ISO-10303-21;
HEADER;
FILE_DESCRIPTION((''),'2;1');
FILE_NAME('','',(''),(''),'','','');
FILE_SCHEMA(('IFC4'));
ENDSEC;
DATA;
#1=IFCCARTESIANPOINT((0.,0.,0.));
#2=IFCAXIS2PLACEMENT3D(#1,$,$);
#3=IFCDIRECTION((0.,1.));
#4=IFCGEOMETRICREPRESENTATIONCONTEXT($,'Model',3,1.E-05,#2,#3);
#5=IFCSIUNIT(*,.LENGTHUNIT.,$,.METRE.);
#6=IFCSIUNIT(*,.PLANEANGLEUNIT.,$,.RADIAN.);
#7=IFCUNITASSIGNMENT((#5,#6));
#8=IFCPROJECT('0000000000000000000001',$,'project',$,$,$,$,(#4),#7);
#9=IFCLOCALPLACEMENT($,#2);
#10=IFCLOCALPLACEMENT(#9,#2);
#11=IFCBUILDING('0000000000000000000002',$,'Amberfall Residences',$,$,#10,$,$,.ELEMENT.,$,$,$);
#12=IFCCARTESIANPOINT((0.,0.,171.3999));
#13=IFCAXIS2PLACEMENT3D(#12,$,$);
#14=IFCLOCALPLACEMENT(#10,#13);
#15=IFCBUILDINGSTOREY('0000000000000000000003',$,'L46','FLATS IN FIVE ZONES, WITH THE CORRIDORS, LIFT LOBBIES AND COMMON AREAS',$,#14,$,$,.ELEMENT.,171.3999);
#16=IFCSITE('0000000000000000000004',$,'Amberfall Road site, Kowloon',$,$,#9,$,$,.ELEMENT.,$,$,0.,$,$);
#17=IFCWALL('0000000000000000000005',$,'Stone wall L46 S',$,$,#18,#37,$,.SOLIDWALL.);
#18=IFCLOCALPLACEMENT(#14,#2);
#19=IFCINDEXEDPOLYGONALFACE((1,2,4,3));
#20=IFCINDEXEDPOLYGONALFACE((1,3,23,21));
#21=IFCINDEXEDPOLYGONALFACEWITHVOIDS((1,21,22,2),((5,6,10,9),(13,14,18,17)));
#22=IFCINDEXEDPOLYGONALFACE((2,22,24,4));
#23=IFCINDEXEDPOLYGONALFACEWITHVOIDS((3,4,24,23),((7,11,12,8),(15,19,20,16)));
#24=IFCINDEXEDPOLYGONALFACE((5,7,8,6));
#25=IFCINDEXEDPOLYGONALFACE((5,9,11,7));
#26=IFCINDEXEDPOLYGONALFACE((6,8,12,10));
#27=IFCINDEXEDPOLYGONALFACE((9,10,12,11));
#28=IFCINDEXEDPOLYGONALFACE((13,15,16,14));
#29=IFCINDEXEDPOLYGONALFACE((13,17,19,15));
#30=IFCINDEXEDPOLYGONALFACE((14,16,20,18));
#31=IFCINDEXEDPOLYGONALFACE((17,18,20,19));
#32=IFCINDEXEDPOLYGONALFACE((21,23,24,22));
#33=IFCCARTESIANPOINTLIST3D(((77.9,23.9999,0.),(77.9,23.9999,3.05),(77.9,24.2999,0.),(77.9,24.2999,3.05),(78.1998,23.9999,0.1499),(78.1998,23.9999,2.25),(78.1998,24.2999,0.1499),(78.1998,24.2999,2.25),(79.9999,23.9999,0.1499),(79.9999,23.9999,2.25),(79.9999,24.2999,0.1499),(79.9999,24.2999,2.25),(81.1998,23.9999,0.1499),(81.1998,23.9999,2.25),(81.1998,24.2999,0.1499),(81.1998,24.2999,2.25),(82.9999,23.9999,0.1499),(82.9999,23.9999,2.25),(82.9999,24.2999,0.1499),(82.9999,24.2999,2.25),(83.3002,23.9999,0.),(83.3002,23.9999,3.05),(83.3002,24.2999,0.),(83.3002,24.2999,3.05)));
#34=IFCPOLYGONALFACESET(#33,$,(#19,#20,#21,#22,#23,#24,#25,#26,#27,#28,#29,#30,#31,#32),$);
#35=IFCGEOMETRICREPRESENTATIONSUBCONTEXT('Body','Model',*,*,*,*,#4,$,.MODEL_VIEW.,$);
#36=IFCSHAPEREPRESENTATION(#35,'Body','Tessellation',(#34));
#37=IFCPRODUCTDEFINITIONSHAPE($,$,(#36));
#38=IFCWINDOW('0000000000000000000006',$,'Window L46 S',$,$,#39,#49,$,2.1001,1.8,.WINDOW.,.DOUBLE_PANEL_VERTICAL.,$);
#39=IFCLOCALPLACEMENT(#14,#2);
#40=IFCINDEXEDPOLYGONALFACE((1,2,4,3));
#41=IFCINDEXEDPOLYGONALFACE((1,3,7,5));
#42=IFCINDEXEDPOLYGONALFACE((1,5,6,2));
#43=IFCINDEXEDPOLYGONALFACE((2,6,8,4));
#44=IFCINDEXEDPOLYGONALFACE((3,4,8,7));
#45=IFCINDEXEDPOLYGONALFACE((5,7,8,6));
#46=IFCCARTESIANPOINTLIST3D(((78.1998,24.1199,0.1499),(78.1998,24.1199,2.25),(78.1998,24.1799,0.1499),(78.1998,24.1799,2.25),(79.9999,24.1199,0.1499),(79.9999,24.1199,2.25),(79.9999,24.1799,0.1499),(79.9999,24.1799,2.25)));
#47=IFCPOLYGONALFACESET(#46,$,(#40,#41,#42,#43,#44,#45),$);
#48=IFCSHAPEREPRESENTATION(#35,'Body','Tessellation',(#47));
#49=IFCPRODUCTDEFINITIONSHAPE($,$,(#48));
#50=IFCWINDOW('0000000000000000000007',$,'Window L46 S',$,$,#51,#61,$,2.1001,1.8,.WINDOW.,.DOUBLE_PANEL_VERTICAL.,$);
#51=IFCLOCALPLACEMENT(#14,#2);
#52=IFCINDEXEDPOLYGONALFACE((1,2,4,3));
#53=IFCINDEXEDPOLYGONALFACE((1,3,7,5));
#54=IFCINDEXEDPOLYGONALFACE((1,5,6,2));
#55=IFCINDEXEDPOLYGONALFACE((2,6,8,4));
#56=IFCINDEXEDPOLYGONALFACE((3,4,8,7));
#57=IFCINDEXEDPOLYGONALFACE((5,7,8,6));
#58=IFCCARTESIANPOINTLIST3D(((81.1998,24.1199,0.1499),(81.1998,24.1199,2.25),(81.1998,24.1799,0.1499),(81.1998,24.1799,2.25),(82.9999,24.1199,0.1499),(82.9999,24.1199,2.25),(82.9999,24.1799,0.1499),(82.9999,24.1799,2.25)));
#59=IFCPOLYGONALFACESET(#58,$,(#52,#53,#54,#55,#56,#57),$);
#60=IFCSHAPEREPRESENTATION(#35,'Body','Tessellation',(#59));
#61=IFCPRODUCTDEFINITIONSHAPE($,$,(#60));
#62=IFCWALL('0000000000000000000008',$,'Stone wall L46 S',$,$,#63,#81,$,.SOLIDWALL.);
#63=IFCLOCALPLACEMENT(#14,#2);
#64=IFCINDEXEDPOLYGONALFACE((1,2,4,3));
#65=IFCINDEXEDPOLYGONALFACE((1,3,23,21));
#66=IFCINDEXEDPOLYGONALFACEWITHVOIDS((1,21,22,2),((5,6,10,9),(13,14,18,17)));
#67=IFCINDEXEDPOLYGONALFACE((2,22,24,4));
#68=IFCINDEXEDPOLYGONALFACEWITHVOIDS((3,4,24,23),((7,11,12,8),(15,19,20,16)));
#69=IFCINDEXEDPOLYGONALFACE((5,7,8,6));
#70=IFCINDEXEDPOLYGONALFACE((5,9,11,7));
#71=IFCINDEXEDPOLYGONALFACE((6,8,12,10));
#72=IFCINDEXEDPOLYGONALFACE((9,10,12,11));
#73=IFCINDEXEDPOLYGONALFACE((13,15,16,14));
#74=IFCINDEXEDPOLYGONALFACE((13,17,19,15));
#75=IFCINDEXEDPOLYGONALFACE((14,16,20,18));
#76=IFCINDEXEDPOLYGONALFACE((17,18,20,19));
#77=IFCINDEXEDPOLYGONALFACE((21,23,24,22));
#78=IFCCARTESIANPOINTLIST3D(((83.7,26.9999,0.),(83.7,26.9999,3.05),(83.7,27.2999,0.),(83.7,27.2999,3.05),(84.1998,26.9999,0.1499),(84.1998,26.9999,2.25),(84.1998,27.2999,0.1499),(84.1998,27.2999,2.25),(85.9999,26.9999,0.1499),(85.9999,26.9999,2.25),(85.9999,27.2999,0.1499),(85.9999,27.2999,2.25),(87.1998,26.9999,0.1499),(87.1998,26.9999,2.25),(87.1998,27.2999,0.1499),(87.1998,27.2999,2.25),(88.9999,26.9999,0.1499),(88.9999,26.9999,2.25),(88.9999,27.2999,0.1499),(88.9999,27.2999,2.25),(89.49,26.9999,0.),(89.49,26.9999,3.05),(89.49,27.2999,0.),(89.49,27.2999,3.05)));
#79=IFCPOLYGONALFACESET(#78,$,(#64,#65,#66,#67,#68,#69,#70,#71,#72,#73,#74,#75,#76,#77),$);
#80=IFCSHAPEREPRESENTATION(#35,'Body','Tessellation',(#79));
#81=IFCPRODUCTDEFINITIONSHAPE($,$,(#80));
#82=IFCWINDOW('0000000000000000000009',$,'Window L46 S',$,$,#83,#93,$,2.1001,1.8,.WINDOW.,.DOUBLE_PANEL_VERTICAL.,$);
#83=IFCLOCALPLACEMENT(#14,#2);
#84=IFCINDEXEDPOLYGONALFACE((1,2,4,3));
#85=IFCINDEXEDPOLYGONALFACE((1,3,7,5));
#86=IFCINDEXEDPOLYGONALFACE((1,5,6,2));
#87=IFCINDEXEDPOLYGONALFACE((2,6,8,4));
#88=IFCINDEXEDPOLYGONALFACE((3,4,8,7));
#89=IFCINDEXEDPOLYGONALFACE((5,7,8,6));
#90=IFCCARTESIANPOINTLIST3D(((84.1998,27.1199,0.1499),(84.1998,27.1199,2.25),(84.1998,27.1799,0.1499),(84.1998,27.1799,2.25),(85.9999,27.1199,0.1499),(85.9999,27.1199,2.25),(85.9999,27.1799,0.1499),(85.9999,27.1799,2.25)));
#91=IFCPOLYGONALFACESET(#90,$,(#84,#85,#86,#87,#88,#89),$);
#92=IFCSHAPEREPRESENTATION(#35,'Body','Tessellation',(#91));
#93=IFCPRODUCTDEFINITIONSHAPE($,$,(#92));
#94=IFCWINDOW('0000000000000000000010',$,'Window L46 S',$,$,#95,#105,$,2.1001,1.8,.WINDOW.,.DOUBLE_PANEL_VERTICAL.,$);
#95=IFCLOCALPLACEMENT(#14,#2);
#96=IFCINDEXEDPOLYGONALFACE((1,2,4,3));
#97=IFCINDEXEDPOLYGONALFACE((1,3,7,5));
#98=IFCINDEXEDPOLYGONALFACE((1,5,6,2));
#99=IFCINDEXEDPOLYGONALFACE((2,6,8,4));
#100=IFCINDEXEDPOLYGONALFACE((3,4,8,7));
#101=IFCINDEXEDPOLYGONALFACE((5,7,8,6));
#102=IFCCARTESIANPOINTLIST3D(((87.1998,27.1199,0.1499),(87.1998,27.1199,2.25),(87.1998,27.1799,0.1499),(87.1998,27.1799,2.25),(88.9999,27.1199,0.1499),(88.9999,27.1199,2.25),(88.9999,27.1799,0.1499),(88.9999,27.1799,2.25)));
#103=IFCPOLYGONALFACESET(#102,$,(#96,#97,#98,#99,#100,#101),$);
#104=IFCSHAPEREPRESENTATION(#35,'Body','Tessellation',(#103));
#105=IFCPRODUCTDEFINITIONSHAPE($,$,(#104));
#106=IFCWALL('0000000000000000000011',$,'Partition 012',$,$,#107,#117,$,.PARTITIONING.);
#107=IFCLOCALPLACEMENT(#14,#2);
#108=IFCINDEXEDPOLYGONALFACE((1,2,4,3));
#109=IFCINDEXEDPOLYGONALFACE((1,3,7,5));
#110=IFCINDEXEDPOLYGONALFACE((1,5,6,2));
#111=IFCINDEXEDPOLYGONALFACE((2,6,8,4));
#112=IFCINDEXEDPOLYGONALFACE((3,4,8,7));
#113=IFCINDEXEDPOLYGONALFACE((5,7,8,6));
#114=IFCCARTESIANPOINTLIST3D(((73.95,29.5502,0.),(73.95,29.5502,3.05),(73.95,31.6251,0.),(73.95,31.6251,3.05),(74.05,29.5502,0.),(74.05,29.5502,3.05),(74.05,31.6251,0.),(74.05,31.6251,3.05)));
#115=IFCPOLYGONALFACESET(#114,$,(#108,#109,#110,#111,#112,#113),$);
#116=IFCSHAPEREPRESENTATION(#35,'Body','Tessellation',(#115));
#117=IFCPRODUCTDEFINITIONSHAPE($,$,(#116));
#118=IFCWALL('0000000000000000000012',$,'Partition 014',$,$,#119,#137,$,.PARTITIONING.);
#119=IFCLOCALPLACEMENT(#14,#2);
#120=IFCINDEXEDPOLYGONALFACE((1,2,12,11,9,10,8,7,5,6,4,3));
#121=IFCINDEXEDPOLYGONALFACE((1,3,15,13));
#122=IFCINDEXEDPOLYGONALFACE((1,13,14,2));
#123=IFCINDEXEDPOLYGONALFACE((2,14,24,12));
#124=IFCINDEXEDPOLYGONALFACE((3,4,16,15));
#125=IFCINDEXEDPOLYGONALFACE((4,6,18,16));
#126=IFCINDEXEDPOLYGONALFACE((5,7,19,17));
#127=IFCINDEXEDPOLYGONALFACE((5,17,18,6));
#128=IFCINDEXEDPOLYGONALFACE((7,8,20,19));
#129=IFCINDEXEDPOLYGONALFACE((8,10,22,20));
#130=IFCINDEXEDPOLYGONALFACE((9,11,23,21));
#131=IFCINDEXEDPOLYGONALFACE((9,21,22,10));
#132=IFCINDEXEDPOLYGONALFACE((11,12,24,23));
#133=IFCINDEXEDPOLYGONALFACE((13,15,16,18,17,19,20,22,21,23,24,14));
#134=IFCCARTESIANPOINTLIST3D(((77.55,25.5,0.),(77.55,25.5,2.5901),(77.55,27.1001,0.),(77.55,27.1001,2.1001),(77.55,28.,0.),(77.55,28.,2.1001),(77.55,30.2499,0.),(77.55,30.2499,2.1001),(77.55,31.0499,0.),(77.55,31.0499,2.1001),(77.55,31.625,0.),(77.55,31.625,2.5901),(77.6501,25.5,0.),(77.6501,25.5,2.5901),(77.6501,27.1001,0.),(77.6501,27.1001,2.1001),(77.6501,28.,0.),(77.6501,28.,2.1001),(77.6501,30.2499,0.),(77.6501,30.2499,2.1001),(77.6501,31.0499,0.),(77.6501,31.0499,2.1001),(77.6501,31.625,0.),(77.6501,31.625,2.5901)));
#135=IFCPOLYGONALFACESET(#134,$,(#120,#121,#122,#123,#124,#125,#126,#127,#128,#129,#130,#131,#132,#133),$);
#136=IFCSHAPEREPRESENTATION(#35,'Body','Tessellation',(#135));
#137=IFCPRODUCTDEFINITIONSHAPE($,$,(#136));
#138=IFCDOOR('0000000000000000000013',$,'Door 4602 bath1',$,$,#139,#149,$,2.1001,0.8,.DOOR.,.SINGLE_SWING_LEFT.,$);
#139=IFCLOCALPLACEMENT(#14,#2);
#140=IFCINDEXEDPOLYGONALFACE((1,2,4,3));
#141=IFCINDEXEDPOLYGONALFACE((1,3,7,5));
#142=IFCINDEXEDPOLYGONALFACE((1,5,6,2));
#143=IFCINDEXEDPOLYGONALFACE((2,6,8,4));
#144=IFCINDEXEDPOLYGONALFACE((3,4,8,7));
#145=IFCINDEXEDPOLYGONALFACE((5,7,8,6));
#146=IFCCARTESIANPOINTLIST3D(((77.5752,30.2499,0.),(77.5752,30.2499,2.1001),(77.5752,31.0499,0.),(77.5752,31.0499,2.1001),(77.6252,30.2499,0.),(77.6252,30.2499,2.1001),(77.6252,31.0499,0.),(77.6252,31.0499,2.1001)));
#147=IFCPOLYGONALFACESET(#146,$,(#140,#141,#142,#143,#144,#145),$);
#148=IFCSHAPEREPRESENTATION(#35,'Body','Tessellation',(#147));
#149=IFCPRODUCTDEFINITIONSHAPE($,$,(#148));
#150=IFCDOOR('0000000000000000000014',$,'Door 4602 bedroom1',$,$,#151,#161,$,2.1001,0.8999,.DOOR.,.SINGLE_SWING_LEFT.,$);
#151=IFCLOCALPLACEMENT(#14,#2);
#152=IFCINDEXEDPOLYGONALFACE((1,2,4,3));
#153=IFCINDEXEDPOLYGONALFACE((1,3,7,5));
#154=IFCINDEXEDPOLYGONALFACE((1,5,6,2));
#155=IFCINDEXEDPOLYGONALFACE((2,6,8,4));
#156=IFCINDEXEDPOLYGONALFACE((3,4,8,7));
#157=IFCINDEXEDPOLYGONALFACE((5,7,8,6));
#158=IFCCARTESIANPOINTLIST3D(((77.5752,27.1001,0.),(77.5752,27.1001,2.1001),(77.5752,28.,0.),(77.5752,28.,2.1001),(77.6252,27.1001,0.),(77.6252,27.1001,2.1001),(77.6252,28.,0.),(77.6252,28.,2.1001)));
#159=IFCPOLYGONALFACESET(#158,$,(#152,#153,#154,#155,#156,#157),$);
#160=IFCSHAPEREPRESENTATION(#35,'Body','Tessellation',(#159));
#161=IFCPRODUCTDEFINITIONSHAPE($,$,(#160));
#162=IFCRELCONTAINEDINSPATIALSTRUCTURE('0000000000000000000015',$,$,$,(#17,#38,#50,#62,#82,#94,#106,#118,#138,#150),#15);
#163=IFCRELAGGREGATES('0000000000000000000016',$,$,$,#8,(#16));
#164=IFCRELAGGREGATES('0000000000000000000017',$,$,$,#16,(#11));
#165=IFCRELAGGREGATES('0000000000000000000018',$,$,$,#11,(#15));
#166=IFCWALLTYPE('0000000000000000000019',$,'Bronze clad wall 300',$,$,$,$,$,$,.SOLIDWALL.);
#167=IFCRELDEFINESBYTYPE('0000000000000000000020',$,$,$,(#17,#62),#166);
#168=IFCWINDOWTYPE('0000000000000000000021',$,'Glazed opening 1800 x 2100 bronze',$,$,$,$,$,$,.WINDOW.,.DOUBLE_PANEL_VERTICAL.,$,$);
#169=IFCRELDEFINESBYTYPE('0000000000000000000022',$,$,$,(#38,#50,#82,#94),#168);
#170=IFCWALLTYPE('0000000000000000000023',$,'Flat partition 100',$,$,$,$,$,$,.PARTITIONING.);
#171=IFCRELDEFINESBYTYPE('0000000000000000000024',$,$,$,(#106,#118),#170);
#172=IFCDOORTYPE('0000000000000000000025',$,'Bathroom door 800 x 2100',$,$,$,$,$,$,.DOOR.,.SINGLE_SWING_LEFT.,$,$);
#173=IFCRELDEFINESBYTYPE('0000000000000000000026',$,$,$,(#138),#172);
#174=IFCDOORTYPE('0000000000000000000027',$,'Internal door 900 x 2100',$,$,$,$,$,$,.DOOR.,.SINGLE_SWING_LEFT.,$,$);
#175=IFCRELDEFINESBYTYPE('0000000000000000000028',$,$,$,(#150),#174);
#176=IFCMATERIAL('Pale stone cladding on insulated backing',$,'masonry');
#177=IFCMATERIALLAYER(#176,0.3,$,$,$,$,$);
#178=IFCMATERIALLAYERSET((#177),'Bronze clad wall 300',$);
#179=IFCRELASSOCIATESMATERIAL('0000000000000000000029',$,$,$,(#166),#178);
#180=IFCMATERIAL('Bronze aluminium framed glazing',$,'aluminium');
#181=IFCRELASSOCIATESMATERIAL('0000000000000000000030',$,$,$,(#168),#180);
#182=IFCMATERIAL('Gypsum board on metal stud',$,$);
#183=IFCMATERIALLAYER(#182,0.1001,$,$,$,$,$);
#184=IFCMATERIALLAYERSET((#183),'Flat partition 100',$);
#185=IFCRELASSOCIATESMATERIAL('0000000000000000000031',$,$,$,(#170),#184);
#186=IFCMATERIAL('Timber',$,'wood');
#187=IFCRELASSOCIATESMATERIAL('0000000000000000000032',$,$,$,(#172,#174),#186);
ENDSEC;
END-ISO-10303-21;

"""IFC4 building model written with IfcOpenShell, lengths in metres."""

from ifc_helpers import new_model, si_unit, direction, frame, frame_2d, origin, place, context, subcontext, project, spatial, rectangle, extrude, material, layer, layer_set, type_object, element, fill, save


model = new_model("IFC4")

# Units and contexts
model_context = context("Model", 3, precision=1e-05, world=origin(), true_north=direction((0.0, 1.0)))
body_context = subcontext(model_context, "Body", "Model", "MODEL_VIEW")
ifc_project = project(units=[si_unit("LENGTHUNIT", "METRE"), si_unit("PLANEANGLEUNIT", "RADIAN")], contexts=[model_context])

# Site, building, storey
site_placement = place(None, origin())
site = spatial("IfcSite", under=ifc_project, at=site_placement, Name="Amberfall Road site, Kowloon", CompositionType="ELEMENT", RefElevation=0.0)
building_placement = place(site_placement, origin())
building = spatial("IfcBuilding", under=site, at=building_placement, Name="Amberfall Residences", CompositionType="ELEMENT")
storey_placement = place(building_placement, frame((0.0, 0.0, 171.3999)))
storey = spatial("IfcBuildingStorey", under=building, at=storey_placement, Name="L46", Description="FLATS IN FIVE ZONES, WITH THE CORRIDORS, LIFT LOBBIES AND COMMON AREAS", CompositionType="ELEMENT", Elevation=171.3999)

# Shared definitions
ifc_material_1 = material(Name="Pale stone cladding on insulated backing", Category="masonry")
ifc_layer_1 = layer(ifc_material_1, 0.3)
ifc_layer_set_1 = layer_set([ifc_layer_1], Name="Bronze clad wall 300")
wall_type_1 = type_object("IfcWallType", Name="Bronze clad wall 300", PredefinedType="SOLIDWALL", material=ifc_layer_set_1)

# Walls, openings, windows
wall_1_placement = place(storey_placement, frame((77.8999, 24.1499, 0.0), z_axis=(0.0, 0.0, 1.0), x_axis=(1.0, 0.0, 0.0)))
wall_1 = element("IfcWall", 1, at=wall_1_placement, inside=storey, type_object=wall_type_1, Name="Stone wall L46 S", PredefinedType="SOLIDWALL", context=body_context, shape_type="SweptSolid", body=[
    extrude(rectangle(XDim=5.4001, YDim=0.3, at=frame_2d((2.7002, 0.0))), origin(), (0.0, 0.0, 1.0), 3.05),
])
opening_1_placement = place(wall_1_placement, frame((0.3, 0.0, 0.1499)))
opening_1 = element("IfcOpeningElement", 2, at=opening_1_placement, cuts=wall_1, PredefinedType="OPENING", context=body_context, shape_type="SweptSolid", body=[
    extrude(rectangle(XDim=1.8, YDim=2.1001, at=frame_2d((0.8999, 1.05))), frame((0.0, 0.1599, 0.0), z_axis=(0.0, -1.0, 0.0), x_axis=(1.0, 0.0, 0.0)), (0.0, 0.0, 1.0), 0.3201),
])
opening_2_placement = place(wall_1_placement, frame((3.3, 0.0, 0.1499)))
opening_2 = element("IfcOpeningElement", 3, at=opening_2_placement, cuts=wall_1, PredefinedType="OPENING", context=body_context, shape_type="SweptSolid", body=[
    extrude(rectangle(XDim=1.8, YDim=2.1001, at=frame_2d((0.8999, 1.05))), frame((0.0, 0.1599, 0.0), z_axis=(0.0, -1.0, 0.0), x_axis=(1.0, 0.0, 0.0)), (0.0, 0.0, 1.0), 0.3201),
])
ifc_material_2 = material(Name="Bronze aluminium framed glazing", Category="aluminium")
window_type = type_object("IfcWindowType", Name="Glazed opening 1800 x 2100 bronze", PartitioningType="DOUBLE_PANEL_VERTICAL", PredefinedType="WINDOW", material=ifc_material_2)
window_1_placement = place(opening_1_placement, origin())
window_1 = element("IfcWindow", 4, at=window_1_placement, inside=storey, type_object=window_type, Name="Window L46 S", OverallHeight=2.1001, OverallWidth=1.8, PartitioningType="DOUBLE_PANEL_VERTICAL", PredefinedType="WINDOW", context=body_context, shape_type="SweptSolid", body=[
    extrude(rectangle(XDim=1.8, YDim=2.1001, at=frame_2d((0.8999, 1.05))), frame((0.0, 0.03, 0.0), z_axis=(0.0, -1.0, 0.0), x_axis=(1.0, 0.0, 0.0)), (0.0, 0.0, 1.0), 0.0601),
])
fill(opening_1, window_1)
window_2_placement = place(opening_2_placement, origin())
window_2 = element("IfcWindow", 5, at=window_2_placement, inside=storey, type_object=window_type, Name="Window L46 S", OverallHeight=2.1001, OverallWidth=1.8, PartitioningType="DOUBLE_PANEL_VERTICAL", PredefinedType="WINDOW", context=body_context, shape_type="SweptSolid", body=[
    extrude(rectangle(XDim=1.8, YDim=2.1001, at=frame_2d((0.8999, 1.05))), frame((0.0, 0.03, 0.0), z_axis=(0.0, -1.0, 0.0), x_axis=(1.0, 0.0, 0.0)), (0.0, 0.0, 1.0), 0.0601),
])
fill(opening_2, window_2)
wall_2_placement = place(storey_placement, frame((83.7, 27.1499, 0.0), z_axis=(0.0, 0.0, 1.0), x_axis=(1.0, 0.0, 0.0)))
wall_2 = element("IfcWall", 6, at=wall_2_placement, inside=storey, type_object=wall_type_1, Name="Stone wall L46 S", PredefinedType="SOLIDWALL", context=body_context, shape_type="SweptSolid", body=[
    extrude(rectangle(XDim=5.79, YDim=0.3, at=frame_2d((2.895, 0.0))), origin(), (0.0, 0.0, 1.0), 3.05),
])
opening_3_placement = place(wall_2_placement, frame((0.5, 0.0, 0.1499)))
opening_3 = element("IfcOpeningElement", 7, at=opening_3_placement, cuts=wall_2, PredefinedType="OPENING", context=body_context, shape_type="SweptSolid", body=[
    extrude(rectangle(XDim=1.8, YDim=2.1001, at=frame_2d((0.8999, 1.05))), frame((0.0, 0.1599, 0.0), z_axis=(0.0, -1.0, 0.0), x_axis=(1.0, 0.0, 0.0)), (0.0, 0.0, 1.0), 0.3201),
])
opening_4_placement = place(wall_2_placement, frame((3.5, 0.0, 0.1499)))
opening_4 = element("IfcOpeningElement", 8, at=opening_4_placement, cuts=wall_2, PredefinedType="OPENING", context=body_context, shape_type="SweptSolid", body=[
    extrude(rectangle(XDim=1.8, YDim=2.1001, at=frame_2d((0.8999, 1.05))), frame((0.0, 0.1599, 0.0), z_axis=(0.0, -1.0, 0.0), x_axis=(1.0, 0.0, 0.0)), (0.0, 0.0, 1.0), 0.3201),
])
window_3_placement = place(opening_3_placement, origin())
window_3 = element("IfcWindow", 9, at=window_3_placement, inside=storey, type_object=window_type, Name="Window L46 S", OverallHeight=2.1001, OverallWidth=1.8, PartitioningType="DOUBLE_PANEL_VERTICAL", PredefinedType="WINDOW", context=body_context, shape_type="SweptSolid", body=[
    extrude(rectangle(XDim=1.8, YDim=2.1001, at=frame_2d((0.8999, 1.05))), frame((0.0, 0.03, 0.0), z_axis=(0.0, -1.0, 0.0), x_axis=(1.0, 0.0, 0.0)), (0.0, 0.0, 1.0), 0.0601),
])
fill(opening_3, window_3)
window_4_placement = place(opening_4_placement, origin())
window_4 = element("IfcWindow", 10, at=window_4_placement, inside=storey, type_object=window_type, Name="Window L46 S", OverallHeight=2.1001, OverallWidth=1.8, PartitioningType="DOUBLE_PANEL_VERTICAL", PredefinedType="WINDOW", context=body_context, shape_type="SweptSolid", body=[
    extrude(rectangle(XDim=1.8, YDim=2.1001, at=frame_2d((0.8999, 1.05))), frame((0.0, 0.03, 0.0), z_axis=(0.0, -1.0, 0.0), x_axis=(1.0, 0.0, 0.0)), (0.0, 0.0, 1.0), 0.0601),
])
fill(opening_4, window_4)

# Wall
ifc_material_3 = material(Name="Gypsum board on metal stud")
ifc_layer_2 = layer(ifc_material_3, 0.1001)
ifc_layer_set_2 = layer_set([ifc_layer_2], Name="Flat partition 100")
wall_type_2 = type_object("IfcWallType", Name="Flat partition 100", PredefinedType="PARTITIONING", material=ifc_layer_set_2)
wall_3_placement = place(storey_placement, frame((74.0, 29.55, 0.0), z_axis=(0.0, 0.0, 1.0), x_axis=(0.0, 1.0, 0.0)))
element("IfcWall", 11, at=wall_3_placement, inside=storey, type_object=wall_type_2, Name="Partition 012", PredefinedType="PARTITIONING", context=body_context, shape_type="SweptSolid", body=[
    extrude(rectangle(XDim=2.075, YDim=0.1001, at=frame_2d((1.0376, 0.0))), origin(), (0.0, 0.0, 1.0), 3.05),
])

# Wall, openings, doors
wall_4_placement = place(storey_placement, frame((77.6001, 25.5, 0.0), z_axis=(0.0, 0.0, 1.0), x_axis=(0.0, 1.0, 0.0)))
wall_4 = element("IfcWall", 12, at=wall_4_placement, inside=storey, type_object=wall_type_2, Name="Partition 014", PredefinedType="PARTITIONING", context=body_context, shape_type="SweptSolid", body=[
    extrude(rectangle(XDim=6.125, YDim=0.1001, at=frame_2d((3.0625, 0.0))), origin(), (0.0, 0.0, 1.0), 2.5901),
])
opening_5_placement = place(wall_4_placement, frame((1.6001, 0.0, 0.0)))
opening_5 = element("IfcOpeningElement", 13, at=opening_5_placement, cuts=wall_4, PredefinedType="OPENING", context=body_context, shape_type="SweptSolid", body=[
    extrude(rectangle(XDim=0.8999, YDim=2.1001, at=frame_2d((0.45, 1.05))), frame((0.0, 0.0601, 0.0), z_axis=(0.0, -1.0, 0.0), x_axis=(1.0, 0.0, 0.0)), (0.0, 0.0, 1.0), 0.1201),
])
opening_6_placement = place(wall_4_placement, frame((4.75, 0.0, 0.0)))
opening_6 = element("IfcOpeningElement", 14, at=opening_6_placement, cuts=wall_4, PredefinedType="OPENING", context=body_context, shape_type="SweptSolid", body=[
    extrude(rectangle(XDim=0.8, YDim=2.1001, at=frame_2d((0.3999, 1.05))), frame((0.0, 0.0601, 0.0), z_axis=(0.0, -1.0, 0.0), x_axis=(1.0, 0.0, 0.0)), (0.0, 0.0, 1.0), 0.1201),
])
ifc_material_4 = material(Name="Timber", Category="wood")
door_type_1 = type_object("IfcDoorType", Name="Bathroom door 800 x 2100", OperationType="SINGLE_SWING_LEFT", PredefinedType="DOOR", material=ifc_material_4)
door_1_placement = place(opening_6_placement, origin())
door_1 = element("IfcDoor", 15, at=door_1_placement, inside=storey, type_object=door_type_1, Name="Door 4602 bath1", OperationType="SINGLE_SWING_LEFT", OverallHeight=2.1001, OverallWidth=0.8, PredefinedType="DOOR", context=body_context, shape_type="SweptSolid", body=[
    extrude(rectangle(XDim=0.8, YDim=2.1001, at=frame_2d((0.3999, 1.05))), frame((0.0, 0.0249, 0.0), z_axis=(0.0, -1.0, 0.0), x_axis=(1.0, 0.0, 0.0)), (0.0, 0.0, 1.0), 0.05),
])
fill(opening_6, door_1)
door_type_2 = type_object("IfcDoorType", Name="Internal door 900 x 2100", OperationType="SINGLE_SWING_LEFT", PredefinedType="DOOR", material=ifc_material_4)
door_2_placement = place(opening_5_placement, origin())
door_2 = element("IfcDoor", 16, at=door_2_placement, inside=storey, type_object=door_type_2, Name="Door 4602 bedroom1", OperationType="SINGLE_SWING_LEFT", OverallHeight=2.1001, OverallWidth=0.8999, PredefinedType="DOOR", context=body_context, shape_type="SweptSolid", body=[
    extrude(rectangle(XDim=0.8999, YDim=2.1001, at=frame_2d((0.45, 1.05))), frame((0.0, 0.0249, 0.0), z_axis=(0.0, -1.0, 0.0), x_axis=(1.0, 0.0, 0.0)), (0.0, 0.0, 1.0), 0.05),
])
fill(opening_5, door_2)

save(model, "model.ifc")
